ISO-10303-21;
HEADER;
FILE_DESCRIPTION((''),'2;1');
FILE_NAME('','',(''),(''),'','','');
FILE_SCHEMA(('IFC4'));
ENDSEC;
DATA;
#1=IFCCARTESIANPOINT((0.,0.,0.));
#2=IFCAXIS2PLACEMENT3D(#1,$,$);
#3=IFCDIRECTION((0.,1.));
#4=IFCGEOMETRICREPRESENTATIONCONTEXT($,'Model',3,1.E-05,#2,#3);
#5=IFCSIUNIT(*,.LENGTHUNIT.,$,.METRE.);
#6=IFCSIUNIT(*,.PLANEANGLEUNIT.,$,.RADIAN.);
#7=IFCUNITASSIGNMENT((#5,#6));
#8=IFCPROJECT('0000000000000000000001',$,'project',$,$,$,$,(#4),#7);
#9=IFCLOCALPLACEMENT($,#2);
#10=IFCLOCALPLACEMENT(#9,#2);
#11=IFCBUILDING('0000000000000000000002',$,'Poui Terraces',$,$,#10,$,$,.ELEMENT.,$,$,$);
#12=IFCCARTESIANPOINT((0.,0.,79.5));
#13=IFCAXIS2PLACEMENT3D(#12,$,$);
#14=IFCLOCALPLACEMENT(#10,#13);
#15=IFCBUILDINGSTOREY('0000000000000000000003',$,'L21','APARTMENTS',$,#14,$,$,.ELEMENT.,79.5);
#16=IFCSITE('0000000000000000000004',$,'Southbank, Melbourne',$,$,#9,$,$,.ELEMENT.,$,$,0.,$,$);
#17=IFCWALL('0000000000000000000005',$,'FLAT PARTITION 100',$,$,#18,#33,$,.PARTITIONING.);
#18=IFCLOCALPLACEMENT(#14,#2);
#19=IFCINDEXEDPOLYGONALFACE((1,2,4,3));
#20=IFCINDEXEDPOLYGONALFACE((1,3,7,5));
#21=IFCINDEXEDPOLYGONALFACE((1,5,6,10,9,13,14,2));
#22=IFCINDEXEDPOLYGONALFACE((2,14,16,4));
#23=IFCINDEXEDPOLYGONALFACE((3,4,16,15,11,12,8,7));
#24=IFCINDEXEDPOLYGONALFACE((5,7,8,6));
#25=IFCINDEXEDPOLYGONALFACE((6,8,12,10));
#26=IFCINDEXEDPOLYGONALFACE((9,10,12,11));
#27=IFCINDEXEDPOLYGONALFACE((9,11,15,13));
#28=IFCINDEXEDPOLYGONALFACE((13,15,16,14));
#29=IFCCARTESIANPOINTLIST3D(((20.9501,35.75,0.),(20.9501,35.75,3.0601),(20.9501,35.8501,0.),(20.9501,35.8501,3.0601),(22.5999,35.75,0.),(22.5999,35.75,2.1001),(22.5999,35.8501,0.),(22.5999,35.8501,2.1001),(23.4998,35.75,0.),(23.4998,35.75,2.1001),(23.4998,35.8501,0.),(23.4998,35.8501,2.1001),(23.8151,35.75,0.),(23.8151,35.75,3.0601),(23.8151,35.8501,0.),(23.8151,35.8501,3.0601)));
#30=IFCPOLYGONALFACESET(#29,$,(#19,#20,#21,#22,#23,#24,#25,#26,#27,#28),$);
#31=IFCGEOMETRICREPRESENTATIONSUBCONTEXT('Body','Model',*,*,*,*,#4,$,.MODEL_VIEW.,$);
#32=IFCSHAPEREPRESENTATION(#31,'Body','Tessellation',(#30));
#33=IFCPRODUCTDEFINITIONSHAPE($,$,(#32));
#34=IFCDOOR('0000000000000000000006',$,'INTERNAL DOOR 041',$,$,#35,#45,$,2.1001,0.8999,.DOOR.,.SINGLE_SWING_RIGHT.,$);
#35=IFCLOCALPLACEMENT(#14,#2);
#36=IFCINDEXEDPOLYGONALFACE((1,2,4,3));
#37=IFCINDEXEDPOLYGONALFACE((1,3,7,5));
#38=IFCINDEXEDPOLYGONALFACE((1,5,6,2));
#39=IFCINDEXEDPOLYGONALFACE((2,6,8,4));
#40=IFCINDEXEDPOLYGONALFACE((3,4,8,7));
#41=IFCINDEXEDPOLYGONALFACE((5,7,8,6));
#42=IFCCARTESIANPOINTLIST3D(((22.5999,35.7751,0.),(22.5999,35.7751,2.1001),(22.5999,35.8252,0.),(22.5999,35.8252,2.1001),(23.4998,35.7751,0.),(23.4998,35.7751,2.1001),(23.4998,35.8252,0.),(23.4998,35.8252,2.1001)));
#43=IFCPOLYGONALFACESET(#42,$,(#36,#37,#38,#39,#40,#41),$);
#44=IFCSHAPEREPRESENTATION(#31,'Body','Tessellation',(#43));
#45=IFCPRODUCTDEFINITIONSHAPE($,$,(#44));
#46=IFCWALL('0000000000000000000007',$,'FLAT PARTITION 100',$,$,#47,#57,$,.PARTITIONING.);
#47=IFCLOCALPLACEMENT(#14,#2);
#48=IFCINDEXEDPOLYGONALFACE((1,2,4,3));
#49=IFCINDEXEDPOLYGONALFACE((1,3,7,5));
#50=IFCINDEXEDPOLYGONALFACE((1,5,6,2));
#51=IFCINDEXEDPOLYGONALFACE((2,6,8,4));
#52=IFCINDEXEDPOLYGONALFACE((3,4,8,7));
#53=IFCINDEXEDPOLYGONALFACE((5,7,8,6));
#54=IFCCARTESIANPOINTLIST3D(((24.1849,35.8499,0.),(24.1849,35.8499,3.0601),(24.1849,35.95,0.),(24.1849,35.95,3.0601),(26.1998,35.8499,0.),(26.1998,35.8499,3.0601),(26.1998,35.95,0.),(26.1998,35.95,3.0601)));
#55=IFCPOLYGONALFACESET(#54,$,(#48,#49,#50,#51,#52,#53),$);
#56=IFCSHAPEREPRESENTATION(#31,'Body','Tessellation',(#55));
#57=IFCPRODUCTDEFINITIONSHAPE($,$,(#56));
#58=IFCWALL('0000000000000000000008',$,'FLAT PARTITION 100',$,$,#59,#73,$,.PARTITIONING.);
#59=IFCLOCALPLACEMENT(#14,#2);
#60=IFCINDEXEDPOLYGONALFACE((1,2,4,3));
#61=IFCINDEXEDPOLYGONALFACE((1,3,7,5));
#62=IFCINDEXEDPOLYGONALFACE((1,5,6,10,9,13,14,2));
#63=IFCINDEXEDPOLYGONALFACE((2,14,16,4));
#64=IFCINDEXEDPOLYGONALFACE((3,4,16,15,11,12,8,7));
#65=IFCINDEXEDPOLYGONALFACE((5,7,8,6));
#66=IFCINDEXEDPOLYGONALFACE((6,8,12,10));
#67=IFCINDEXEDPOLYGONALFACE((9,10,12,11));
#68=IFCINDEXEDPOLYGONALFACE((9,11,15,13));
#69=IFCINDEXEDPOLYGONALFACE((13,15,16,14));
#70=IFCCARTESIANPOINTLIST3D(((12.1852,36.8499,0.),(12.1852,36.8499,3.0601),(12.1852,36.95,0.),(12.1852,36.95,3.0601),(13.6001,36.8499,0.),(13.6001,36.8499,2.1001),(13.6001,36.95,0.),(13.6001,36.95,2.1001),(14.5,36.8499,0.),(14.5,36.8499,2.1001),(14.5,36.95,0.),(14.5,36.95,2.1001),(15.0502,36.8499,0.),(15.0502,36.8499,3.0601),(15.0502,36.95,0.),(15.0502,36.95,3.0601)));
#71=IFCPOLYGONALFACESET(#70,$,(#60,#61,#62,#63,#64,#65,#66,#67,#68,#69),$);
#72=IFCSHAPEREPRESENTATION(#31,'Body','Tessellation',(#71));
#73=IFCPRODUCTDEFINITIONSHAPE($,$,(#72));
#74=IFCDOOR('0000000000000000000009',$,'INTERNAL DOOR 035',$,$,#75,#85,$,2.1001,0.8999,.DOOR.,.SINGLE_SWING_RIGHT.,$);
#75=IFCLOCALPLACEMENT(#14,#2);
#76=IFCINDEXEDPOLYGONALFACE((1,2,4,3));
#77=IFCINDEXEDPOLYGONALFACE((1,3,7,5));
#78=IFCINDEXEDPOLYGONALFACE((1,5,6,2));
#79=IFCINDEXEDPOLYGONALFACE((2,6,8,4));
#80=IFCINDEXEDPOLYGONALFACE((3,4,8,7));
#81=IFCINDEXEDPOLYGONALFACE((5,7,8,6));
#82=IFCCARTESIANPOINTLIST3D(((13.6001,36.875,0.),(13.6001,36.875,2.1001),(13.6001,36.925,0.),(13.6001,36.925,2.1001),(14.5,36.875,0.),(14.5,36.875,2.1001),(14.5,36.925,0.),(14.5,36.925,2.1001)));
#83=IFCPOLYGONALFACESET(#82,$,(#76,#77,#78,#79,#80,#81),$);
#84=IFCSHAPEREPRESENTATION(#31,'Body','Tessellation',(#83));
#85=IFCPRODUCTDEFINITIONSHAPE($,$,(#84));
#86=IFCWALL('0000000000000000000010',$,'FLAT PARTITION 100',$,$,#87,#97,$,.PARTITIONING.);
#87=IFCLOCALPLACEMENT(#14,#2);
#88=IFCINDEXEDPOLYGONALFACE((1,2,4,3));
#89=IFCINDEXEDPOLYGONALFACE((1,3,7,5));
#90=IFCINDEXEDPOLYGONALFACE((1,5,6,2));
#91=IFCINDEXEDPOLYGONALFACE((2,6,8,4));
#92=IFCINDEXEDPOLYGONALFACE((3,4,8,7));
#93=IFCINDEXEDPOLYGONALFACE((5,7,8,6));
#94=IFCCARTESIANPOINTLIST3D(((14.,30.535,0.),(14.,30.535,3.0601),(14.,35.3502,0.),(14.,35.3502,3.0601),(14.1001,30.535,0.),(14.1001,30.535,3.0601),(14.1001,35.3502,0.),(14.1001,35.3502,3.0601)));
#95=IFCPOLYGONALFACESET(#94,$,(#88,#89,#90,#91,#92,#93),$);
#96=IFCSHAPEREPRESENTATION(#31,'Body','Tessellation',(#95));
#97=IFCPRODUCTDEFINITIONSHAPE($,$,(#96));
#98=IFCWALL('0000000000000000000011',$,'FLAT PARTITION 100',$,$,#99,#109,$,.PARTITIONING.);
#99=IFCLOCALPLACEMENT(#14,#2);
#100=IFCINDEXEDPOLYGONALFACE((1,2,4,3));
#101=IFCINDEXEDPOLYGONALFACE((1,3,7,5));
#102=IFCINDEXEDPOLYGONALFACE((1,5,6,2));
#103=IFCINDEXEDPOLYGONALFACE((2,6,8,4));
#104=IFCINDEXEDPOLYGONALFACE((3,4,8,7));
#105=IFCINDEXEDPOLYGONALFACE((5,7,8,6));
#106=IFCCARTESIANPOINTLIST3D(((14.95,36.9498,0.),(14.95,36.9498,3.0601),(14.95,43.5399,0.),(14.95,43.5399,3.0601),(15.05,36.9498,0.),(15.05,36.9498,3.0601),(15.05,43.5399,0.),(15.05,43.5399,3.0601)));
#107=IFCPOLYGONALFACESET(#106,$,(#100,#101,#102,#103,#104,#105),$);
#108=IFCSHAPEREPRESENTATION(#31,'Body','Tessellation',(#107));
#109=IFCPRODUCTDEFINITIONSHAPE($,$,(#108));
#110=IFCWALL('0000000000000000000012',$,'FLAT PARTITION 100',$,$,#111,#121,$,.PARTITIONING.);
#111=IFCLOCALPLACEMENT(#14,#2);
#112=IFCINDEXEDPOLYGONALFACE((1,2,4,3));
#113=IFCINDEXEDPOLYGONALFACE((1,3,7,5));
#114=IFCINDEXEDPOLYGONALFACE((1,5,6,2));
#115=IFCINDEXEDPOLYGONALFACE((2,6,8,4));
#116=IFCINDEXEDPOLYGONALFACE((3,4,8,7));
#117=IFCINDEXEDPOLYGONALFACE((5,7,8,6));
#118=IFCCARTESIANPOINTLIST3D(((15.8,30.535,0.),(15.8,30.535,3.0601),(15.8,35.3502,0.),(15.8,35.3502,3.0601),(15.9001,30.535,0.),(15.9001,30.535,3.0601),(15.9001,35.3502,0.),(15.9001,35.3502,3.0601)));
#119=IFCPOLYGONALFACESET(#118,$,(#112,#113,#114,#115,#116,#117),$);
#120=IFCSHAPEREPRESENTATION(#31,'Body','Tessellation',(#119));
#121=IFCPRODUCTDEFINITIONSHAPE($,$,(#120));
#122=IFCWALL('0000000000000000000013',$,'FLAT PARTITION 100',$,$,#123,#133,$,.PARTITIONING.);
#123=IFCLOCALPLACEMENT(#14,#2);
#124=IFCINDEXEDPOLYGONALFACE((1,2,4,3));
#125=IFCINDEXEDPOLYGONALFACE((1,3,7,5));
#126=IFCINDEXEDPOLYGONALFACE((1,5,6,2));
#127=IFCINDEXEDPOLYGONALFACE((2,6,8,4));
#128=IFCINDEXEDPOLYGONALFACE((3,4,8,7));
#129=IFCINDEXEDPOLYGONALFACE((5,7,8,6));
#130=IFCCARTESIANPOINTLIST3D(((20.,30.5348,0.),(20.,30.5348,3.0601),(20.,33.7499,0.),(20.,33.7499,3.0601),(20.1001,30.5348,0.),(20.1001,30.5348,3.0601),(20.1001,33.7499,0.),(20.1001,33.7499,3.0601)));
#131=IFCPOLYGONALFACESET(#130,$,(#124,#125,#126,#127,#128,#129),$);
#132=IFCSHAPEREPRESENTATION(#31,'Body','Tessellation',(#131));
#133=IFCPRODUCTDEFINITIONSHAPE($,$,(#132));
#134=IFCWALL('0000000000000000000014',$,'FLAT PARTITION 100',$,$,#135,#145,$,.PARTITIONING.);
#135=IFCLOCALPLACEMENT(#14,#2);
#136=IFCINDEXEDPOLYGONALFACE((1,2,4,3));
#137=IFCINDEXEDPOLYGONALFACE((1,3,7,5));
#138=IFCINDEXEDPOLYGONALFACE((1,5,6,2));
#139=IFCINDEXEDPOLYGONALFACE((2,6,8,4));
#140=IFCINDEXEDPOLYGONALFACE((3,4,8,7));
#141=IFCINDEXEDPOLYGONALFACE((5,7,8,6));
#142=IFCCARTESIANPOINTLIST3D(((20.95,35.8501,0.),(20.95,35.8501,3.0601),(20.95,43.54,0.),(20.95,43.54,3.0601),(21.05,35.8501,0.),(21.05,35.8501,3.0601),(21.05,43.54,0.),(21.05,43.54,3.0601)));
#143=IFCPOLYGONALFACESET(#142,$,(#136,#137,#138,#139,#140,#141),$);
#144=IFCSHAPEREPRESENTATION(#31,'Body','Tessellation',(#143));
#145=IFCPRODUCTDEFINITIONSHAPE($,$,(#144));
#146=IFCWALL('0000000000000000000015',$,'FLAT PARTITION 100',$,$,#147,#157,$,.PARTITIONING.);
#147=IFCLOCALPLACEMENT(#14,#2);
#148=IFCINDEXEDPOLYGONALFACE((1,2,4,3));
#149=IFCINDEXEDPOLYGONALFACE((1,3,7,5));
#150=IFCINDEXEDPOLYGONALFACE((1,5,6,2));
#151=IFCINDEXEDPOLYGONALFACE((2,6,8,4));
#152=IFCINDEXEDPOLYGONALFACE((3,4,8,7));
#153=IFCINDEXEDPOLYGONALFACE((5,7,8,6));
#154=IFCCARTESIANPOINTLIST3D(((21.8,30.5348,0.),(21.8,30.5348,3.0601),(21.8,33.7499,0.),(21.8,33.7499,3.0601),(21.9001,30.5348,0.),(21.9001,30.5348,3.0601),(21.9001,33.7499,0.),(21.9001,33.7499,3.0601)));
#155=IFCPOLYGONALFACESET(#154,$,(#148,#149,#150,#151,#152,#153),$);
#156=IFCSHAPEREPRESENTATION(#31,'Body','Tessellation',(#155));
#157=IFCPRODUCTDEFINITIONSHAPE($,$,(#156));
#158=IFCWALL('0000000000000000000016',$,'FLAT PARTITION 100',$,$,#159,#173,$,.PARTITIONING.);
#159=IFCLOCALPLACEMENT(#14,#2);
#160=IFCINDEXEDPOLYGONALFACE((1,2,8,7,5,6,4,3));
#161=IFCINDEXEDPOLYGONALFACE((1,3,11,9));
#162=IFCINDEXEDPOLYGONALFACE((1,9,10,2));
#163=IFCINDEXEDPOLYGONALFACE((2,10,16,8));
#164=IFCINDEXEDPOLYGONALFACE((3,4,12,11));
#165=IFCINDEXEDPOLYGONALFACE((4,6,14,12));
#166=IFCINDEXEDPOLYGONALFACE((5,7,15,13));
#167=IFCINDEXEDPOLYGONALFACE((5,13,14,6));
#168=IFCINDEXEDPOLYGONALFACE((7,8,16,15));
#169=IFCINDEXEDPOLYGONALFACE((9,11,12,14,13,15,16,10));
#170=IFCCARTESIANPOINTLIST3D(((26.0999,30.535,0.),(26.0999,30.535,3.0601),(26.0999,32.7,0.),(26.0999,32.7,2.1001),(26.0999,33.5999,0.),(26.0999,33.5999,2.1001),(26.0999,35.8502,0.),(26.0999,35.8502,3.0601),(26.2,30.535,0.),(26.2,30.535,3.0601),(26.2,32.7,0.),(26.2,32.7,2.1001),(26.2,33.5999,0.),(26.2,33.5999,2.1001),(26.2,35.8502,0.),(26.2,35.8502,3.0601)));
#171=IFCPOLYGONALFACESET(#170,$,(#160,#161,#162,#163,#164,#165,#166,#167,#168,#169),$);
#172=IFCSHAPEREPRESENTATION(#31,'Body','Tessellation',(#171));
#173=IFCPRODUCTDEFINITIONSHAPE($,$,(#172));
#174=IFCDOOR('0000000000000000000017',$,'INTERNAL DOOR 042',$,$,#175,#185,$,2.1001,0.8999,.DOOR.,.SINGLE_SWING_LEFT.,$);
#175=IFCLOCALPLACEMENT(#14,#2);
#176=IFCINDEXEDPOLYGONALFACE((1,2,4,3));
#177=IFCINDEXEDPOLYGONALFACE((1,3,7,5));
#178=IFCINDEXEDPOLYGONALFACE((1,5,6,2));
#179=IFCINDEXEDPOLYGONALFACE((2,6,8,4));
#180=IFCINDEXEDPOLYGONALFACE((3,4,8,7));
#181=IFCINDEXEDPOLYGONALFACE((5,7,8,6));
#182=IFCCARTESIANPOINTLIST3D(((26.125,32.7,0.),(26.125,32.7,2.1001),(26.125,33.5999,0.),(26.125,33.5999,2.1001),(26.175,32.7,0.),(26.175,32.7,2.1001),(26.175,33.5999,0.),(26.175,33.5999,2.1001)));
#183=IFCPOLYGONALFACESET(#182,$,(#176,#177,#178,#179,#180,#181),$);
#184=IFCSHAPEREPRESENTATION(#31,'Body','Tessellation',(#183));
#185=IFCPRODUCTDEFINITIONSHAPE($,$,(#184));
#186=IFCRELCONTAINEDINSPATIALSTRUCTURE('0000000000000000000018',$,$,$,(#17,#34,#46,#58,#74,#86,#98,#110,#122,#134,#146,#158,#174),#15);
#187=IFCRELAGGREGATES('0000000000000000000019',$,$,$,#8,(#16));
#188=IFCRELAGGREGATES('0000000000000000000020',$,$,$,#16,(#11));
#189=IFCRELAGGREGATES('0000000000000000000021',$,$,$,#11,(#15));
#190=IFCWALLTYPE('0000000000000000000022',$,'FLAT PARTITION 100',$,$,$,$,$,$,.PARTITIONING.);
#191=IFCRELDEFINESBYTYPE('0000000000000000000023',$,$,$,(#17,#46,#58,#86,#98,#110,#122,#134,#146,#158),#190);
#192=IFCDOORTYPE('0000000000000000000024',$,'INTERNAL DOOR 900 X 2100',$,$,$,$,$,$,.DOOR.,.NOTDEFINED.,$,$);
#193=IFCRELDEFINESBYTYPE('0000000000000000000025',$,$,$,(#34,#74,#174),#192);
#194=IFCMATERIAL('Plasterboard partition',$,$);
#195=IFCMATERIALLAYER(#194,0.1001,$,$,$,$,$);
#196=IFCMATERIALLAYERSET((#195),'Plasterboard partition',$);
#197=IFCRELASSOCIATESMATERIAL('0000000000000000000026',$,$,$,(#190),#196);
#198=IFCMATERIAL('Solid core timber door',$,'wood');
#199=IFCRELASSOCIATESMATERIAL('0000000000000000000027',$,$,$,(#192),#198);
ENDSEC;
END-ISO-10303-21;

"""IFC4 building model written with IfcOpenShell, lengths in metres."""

from ifc_helpers import new_model, si_unit, direction, frame, frame_2d, origin, place, context, subcontext, project, spatial, rectangle, extrude, material, layer, layer_set, type_object, element, fill, save


model = new_model("IFC4")

# Units and contexts
model_context = context("Model", 3, precision=1e-05, world=origin(), true_north=direction((0.0, 1.0)))
body_context = subcontext(model_context, "Body", "Model", "MODEL_VIEW")
ifc_project = project(units=[si_unit("LENGTHUNIT", "METRE"), si_unit("PLANEANGLEUNIT", "RADIAN")], contexts=[model_context])

# Site, building, storey
site_placement = place(None, origin())
site = spatial("IfcSite", under=ifc_project, at=site_placement, Name="Southbank, Melbourne", CompositionType="ELEMENT", RefElevation=0.0)
building_placement = place(site_placement, origin())
building = spatial("IfcBuilding", under=site, at=building_placement, Name="Poui Terraces", CompositionType="ELEMENT")
storey_placement = place(building_placement, frame((0.0, 0.0, 79.5)))
storey = spatial("IfcBuildingStorey", under=building, at=storey_placement, Name="L21", Description="APARTMENTS", CompositionType="ELEMENT", Elevation=79.5)

# Wall, opening, door
ifc_material_1 = material(Name="Plasterboard partition")
ifc_layer_1 = layer(ifc_material_1, 0.1001)
ifc_layer_set_1 = layer_set([ifc_layer_1], Name="Plasterboard partition")
wall_type_1 = type_object("IfcWallType", Name="FLAT PARTITION 100", PredefinedType="PARTITIONING", material=ifc_layer_set_1)
ifc_material_2 = material(Name="Solid core timber door", Category="wood")
door_type_1 = type_object("IfcDoorType", Name="INTERNAL DOOR 900 X 2100", OperationType="NOTDEFINED", PredefinedType="DOOR", material=ifc_material_2)
wall_1_placement = place(storey_placement, frame((20.95, 35.8, 0.0), z_axis=(0.0, 0.0, 1.0), x_axis=(1.0, 0.0, 0.0)))
wall_1 = element("IfcWall", 1, at=wall_1_placement, inside=storey, type_object=wall_type_1, Name="FLAT PARTITION 100", PredefinedType="PARTITIONING", context=body_context, shape_type="SweptSolid", body=[
    extrude(rectangle(XDim=2.865, YDim=0.1001, at=frame_2d((1.4326, 0.0))), origin(), (0.0, 0.0, 1.0), 3.0601),
])
opening_1_placement = place(wall_1_placement, frame((1.6499, 0.0, 0.0)))
opening_1 = element("IfcOpeningElement", 2, at=opening_1_placement, cuts=wall_1, PredefinedType="OPENING", context=body_context, shape_type="SweptSolid", body=[
    extrude(rectangle(XDim=0.8999, YDim=2.1001, at=frame_2d((0.45, 1.05))), frame((0.0, 0.0601, 0.0), z_axis=(0.0, -1.0, 0.0), x_axis=(1.0, 0.0, 0.0)), (0.0, 0.0, 1.0), 0.1201),
])
door_1_placement = place(opening_1_placement, frame((0.8999, 0.0, 0.0), z_axis=(0.0, 0.0, 1.0), x_axis=(-1.0, 0.0, 0.0)))
door_1 = element("IfcDoor", 3, at=door_1_placement, inside=storey, type_object=door_type_1, Name="INTERNAL DOOR 041", OperationType="SINGLE_SWING_RIGHT", OverallHeight=2.1001, OverallWidth=0.8999, PredefinedType="DOOR", context=body_context, shape_type="SweptSolid", body=[
    extrude(rectangle(XDim=0.8999, YDim=2.1001, at=frame_2d((0.45, 1.05))), frame((0.0, 0.0249, 0.0), z_axis=(0.0, -1.0, 0.0), x_axis=(1.0, 0.0, 0.0)), (0.0, 0.0, 1.0), 0.05),
])
fill(opening_1, door_1)

# Wall
wall_2_placement = place(storey_placement, frame((24.1851, 35.8999, 0.0), z_axis=(0.0, 0.0, 1.0), x_axis=(1.0, 0.0, 0.0)))
element("IfcWall", 4, at=wall_2_placement, inside=storey, type_object=wall_type_1, Name="FLAT PARTITION 100", PredefinedType="PARTITIONING", context=body_context, shape_type="SweptSolid", body=[
    extrude(rectangle(XDim=2.0149, YDim=0.1001, at=frame_2d((1.0073, 0.0))), origin(), (0.0, 0.0, 1.0), 3.0601),
])

# Wall, opening, door
wall_3_placement = place(storey_placement, frame((12.1851, 36.8999, 0.0), z_axis=(0.0, 0.0, 1.0), x_axis=(1.0, 0.0, 0.0)))
wall_3 = element("IfcWall", 5, at=wall_3_placement, inside=storey, type_object=wall_type_1, Name="FLAT PARTITION 100", PredefinedType="PARTITIONING", context=body_context, shape_type="SweptSolid", body=[
    extrude(rectangle(XDim=2.865, YDim=0.1001, at=frame_2d((1.4326, 0.0))), origin(), (0.0, 0.0, 1.0), 3.0601),
])
opening_2_placement = place(wall_3_placement, frame((1.415, 0.0, 0.0)))
opening_2 = element("IfcOpeningElement", 6, at=opening_2_placement, cuts=wall_3, PredefinedType="OPENING", context=body_context, shape_type="SweptSolid", body=[
    extrude(rectangle(XDim=0.8999, YDim=2.1001, at=frame_2d((0.45, 1.05))), frame((0.0, 0.0601, 0.0), z_axis=(0.0, -1.0, 0.0), x_axis=(1.0, 0.0, 0.0)), (0.0, 0.0, 1.0), 0.1201),
])
door_2_placement = place(opening_2_placement, frame((0.8999, 0.0, 0.0), z_axis=(0.0, 0.0, 1.0), x_axis=(-1.0, 0.0, 0.0)))
door_2 = element("IfcDoor", 7, at=door_2_placement, inside=storey, type_object=door_type_1, Name="INTERNAL DOOR 035", OperationType="SINGLE_SWING_RIGHT", OverallHeight=2.1001, OverallWidth=0.8999, PredefinedType="DOOR", context=body_context, shape_type="SweptSolid", body=[
    extrude(rectangle(XDim=0.8999, YDim=2.1001, at=frame_2d((0.45, 1.05))), frame((0.0, 0.0249, 0.0), z_axis=(0.0, -1.0, 0.0), x_axis=(1.0, 0.0, 0.0)), (0.0, 0.0, 1.0), 0.05),
])
fill(opening_2, door_2)

# Walls
wall_4_placement = place(storey_placement, frame((14.05, 30.5349, 0.0), z_axis=(0.0, 0.0, 1.0), x_axis=(0.0, 1.0, 0.0)))
element("IfcWall", 8, at=wall_4_placement, inside=storey, type_object=wall_type_1, Name="FLAT PARTITION 100", PredefinedType="PARTITIONING", context=body_context, shape_type="SweptSolid", body=[
    extrude(rectangle(XDim=4.8152, YDim=0.1001, at=frame_2d((2.4077, 0.0))), origin(), (0.0, 0.0, 1.0), 3.0601),
])
wall_5_placement = place(storey_placement, frame((15.0, 36.95, 0.0), z_axis=(0.0, 0.0, 1.0), x_axis=(0.0, 1.0, 0.0)))
element("IfcWall", 9, at=wall_5_placement, inside=storey, type_object=wall_type_1, Name="FLAT PARTITION 100", PredefinedType="PARTITIONING", context=body_context, shape_type="SweptSolid", body=[
    extrude(rectangle(XDim=6.5901, YDim=0.1001, at=frame_2d((3.2949, 0.0))), origin(), (0.0, 0.0, 1.0), 3.0601),
])
wall_6_placement = place(storey_placement, frame((15.8501, 30.5349, 0.0), z_axis=(0.0, 0.0, 1.0), x_axis=(0.0, 1.0, 0.0)))
element("IfcWall", 10, at=wall_6_placement, inside=storey, type_object=wall_type_1, Name="FLAT PARTITION 100", PredefinedType="PARTITIONING", context=body_context, shape_type="SweptSolid", body=[
    extrude(rectangle(XDim=4.8152, YDim=0.1001, at=frame_2d((2.4077, 0.0))), origin(), (0.0, 0.0, 1.0), 3.0601),
])
wall_7_placement = place(storey_placement, frame((20.05, 30.5349, 0.0), z_axis=(0.0, 0.0, 1.0), x_axis=(0.0, 1.0, 0.0)))
element("IfcWall", 11, at=wall_7_placement, inside=storey, type_object=wall_type_1, Name="FLAT PARTITION 100", PredefinedType="PARTITIONING", context=body_context, shape_type="SweptSolid", body=[
    extrude(rectangle(XDim=3.2151, YDim=0.1001, at=frame_2d((1.6074, 0.0))), origin(), (0.0, 0.0, 1.0), 3.0601),
])
wall_8_placement = place(storey_placement, frame((21.0, 35.8501, 0.0), z_axis=(0.0, 0.0, 1.0), x_axis=(0.0, 1.0, 0.0)))
element("IfcWall", 12, at=wall_8_placement, inside=storey, type_object=wall_type_1, Name="FLAT PARTITION 100", PredefinedType="PARTITIONING", context=body_context, shape_type="SweptSolid", body=[
    extrude(rectangle(XDim=7.6899, YDim=0.1001, at=frame_2d((3.845, 0.0))), origin(), (0.0, 0.0, 1.0), 3.0601),
])
wall_9_placement = place(storey_placement, frame((21.8501, 30.5349, 0.0), z_axis=(0.0, 0.0, 1.0), x_axis=(0.0, 1.0, 0.0)))
element("IfcWall", 13, at=wall_9_placement, inside=storey, type_object=wall_type_1, Name="FLAT PARTITION 100", PredefinedType="PARTITIONING", context=body_context, shape_type="SweptSolid", body=[
    extrude(rectangle(XDim=3.2151, YDim=0.1001, at=frame_2d((1.6074, 0.0))), origin(), (0.0, 0.0, 1.0), 3.0601),
])

# Wall, opening, door
wall_10_placement = place(storey_placement, frame((26.1499, 30.5349, 0.0), z_axis=(0.0, 0.0, 1.0), x_axis=(0.0, 1.0, 0.0)))
wall_10 = element("IfcWall", 14, at=wall_10_placement, inside=storey, type_object=wall_type_1, Name="FLAT PARTITION 100", PredefinedType="PARTITIONING", context=body_context, shape_type="SweptSolid", body=[
    extrude(rectangle(XDim=5.3152, YDim=0.1001, at=frame_2d((2.6577, 0.0))), origin(), (0.0, 0.0, 1.0), 3.0601),
])
opening_3_placement = place(wall_10_placement, frame((2.165, 0.0, 0.0)))
opening_3 = element("IfcOpeningElement", 15, at=opening_3_placement, cuts=wall_10, PredefinedType="OPENING", context=body_context, shape_type="SweptSolid", body=[
    extrude(rectangle(XDim=0.8999, YDim=2.1001, at=frame_2d((0.45, 1.05))), frame((0.0, 0.0601, 0.0), z_axis=(0.0, -1.0, 0.0), x_axis=(1.0, 0.0, 0.0)), (0.0, 0.0, 1.0), 0.1201),
])
door_3_placement = place(opening_3_placement, origin())
door_3 = element("IfcDoor", 16, at=door_3_placement, inside=storey, type_object=door_type_1, Name="INTERNAL DOOR 042", OperationType="SINGLE_SWING_LEFT", OverallHeight=2.1001, OverallWidth=0.8999, PredefinedType="DOOR", context=body_context, shape_type="SweptSolid", body=[
    extrude(rectangle(XDim=0.8999, YDim=2.1001, at=frame_2d((0.45, 1.05))), frame((0.0, 0.0249, 0.0), z_axis=(0.0, -1.0, 0.0), x_axis=(1.0, 0.0, 0.0)), (0.0, 0.0, 1.0), 0.05),
])
fill(opening_3, door_3)

save(model, "model.ifc")
